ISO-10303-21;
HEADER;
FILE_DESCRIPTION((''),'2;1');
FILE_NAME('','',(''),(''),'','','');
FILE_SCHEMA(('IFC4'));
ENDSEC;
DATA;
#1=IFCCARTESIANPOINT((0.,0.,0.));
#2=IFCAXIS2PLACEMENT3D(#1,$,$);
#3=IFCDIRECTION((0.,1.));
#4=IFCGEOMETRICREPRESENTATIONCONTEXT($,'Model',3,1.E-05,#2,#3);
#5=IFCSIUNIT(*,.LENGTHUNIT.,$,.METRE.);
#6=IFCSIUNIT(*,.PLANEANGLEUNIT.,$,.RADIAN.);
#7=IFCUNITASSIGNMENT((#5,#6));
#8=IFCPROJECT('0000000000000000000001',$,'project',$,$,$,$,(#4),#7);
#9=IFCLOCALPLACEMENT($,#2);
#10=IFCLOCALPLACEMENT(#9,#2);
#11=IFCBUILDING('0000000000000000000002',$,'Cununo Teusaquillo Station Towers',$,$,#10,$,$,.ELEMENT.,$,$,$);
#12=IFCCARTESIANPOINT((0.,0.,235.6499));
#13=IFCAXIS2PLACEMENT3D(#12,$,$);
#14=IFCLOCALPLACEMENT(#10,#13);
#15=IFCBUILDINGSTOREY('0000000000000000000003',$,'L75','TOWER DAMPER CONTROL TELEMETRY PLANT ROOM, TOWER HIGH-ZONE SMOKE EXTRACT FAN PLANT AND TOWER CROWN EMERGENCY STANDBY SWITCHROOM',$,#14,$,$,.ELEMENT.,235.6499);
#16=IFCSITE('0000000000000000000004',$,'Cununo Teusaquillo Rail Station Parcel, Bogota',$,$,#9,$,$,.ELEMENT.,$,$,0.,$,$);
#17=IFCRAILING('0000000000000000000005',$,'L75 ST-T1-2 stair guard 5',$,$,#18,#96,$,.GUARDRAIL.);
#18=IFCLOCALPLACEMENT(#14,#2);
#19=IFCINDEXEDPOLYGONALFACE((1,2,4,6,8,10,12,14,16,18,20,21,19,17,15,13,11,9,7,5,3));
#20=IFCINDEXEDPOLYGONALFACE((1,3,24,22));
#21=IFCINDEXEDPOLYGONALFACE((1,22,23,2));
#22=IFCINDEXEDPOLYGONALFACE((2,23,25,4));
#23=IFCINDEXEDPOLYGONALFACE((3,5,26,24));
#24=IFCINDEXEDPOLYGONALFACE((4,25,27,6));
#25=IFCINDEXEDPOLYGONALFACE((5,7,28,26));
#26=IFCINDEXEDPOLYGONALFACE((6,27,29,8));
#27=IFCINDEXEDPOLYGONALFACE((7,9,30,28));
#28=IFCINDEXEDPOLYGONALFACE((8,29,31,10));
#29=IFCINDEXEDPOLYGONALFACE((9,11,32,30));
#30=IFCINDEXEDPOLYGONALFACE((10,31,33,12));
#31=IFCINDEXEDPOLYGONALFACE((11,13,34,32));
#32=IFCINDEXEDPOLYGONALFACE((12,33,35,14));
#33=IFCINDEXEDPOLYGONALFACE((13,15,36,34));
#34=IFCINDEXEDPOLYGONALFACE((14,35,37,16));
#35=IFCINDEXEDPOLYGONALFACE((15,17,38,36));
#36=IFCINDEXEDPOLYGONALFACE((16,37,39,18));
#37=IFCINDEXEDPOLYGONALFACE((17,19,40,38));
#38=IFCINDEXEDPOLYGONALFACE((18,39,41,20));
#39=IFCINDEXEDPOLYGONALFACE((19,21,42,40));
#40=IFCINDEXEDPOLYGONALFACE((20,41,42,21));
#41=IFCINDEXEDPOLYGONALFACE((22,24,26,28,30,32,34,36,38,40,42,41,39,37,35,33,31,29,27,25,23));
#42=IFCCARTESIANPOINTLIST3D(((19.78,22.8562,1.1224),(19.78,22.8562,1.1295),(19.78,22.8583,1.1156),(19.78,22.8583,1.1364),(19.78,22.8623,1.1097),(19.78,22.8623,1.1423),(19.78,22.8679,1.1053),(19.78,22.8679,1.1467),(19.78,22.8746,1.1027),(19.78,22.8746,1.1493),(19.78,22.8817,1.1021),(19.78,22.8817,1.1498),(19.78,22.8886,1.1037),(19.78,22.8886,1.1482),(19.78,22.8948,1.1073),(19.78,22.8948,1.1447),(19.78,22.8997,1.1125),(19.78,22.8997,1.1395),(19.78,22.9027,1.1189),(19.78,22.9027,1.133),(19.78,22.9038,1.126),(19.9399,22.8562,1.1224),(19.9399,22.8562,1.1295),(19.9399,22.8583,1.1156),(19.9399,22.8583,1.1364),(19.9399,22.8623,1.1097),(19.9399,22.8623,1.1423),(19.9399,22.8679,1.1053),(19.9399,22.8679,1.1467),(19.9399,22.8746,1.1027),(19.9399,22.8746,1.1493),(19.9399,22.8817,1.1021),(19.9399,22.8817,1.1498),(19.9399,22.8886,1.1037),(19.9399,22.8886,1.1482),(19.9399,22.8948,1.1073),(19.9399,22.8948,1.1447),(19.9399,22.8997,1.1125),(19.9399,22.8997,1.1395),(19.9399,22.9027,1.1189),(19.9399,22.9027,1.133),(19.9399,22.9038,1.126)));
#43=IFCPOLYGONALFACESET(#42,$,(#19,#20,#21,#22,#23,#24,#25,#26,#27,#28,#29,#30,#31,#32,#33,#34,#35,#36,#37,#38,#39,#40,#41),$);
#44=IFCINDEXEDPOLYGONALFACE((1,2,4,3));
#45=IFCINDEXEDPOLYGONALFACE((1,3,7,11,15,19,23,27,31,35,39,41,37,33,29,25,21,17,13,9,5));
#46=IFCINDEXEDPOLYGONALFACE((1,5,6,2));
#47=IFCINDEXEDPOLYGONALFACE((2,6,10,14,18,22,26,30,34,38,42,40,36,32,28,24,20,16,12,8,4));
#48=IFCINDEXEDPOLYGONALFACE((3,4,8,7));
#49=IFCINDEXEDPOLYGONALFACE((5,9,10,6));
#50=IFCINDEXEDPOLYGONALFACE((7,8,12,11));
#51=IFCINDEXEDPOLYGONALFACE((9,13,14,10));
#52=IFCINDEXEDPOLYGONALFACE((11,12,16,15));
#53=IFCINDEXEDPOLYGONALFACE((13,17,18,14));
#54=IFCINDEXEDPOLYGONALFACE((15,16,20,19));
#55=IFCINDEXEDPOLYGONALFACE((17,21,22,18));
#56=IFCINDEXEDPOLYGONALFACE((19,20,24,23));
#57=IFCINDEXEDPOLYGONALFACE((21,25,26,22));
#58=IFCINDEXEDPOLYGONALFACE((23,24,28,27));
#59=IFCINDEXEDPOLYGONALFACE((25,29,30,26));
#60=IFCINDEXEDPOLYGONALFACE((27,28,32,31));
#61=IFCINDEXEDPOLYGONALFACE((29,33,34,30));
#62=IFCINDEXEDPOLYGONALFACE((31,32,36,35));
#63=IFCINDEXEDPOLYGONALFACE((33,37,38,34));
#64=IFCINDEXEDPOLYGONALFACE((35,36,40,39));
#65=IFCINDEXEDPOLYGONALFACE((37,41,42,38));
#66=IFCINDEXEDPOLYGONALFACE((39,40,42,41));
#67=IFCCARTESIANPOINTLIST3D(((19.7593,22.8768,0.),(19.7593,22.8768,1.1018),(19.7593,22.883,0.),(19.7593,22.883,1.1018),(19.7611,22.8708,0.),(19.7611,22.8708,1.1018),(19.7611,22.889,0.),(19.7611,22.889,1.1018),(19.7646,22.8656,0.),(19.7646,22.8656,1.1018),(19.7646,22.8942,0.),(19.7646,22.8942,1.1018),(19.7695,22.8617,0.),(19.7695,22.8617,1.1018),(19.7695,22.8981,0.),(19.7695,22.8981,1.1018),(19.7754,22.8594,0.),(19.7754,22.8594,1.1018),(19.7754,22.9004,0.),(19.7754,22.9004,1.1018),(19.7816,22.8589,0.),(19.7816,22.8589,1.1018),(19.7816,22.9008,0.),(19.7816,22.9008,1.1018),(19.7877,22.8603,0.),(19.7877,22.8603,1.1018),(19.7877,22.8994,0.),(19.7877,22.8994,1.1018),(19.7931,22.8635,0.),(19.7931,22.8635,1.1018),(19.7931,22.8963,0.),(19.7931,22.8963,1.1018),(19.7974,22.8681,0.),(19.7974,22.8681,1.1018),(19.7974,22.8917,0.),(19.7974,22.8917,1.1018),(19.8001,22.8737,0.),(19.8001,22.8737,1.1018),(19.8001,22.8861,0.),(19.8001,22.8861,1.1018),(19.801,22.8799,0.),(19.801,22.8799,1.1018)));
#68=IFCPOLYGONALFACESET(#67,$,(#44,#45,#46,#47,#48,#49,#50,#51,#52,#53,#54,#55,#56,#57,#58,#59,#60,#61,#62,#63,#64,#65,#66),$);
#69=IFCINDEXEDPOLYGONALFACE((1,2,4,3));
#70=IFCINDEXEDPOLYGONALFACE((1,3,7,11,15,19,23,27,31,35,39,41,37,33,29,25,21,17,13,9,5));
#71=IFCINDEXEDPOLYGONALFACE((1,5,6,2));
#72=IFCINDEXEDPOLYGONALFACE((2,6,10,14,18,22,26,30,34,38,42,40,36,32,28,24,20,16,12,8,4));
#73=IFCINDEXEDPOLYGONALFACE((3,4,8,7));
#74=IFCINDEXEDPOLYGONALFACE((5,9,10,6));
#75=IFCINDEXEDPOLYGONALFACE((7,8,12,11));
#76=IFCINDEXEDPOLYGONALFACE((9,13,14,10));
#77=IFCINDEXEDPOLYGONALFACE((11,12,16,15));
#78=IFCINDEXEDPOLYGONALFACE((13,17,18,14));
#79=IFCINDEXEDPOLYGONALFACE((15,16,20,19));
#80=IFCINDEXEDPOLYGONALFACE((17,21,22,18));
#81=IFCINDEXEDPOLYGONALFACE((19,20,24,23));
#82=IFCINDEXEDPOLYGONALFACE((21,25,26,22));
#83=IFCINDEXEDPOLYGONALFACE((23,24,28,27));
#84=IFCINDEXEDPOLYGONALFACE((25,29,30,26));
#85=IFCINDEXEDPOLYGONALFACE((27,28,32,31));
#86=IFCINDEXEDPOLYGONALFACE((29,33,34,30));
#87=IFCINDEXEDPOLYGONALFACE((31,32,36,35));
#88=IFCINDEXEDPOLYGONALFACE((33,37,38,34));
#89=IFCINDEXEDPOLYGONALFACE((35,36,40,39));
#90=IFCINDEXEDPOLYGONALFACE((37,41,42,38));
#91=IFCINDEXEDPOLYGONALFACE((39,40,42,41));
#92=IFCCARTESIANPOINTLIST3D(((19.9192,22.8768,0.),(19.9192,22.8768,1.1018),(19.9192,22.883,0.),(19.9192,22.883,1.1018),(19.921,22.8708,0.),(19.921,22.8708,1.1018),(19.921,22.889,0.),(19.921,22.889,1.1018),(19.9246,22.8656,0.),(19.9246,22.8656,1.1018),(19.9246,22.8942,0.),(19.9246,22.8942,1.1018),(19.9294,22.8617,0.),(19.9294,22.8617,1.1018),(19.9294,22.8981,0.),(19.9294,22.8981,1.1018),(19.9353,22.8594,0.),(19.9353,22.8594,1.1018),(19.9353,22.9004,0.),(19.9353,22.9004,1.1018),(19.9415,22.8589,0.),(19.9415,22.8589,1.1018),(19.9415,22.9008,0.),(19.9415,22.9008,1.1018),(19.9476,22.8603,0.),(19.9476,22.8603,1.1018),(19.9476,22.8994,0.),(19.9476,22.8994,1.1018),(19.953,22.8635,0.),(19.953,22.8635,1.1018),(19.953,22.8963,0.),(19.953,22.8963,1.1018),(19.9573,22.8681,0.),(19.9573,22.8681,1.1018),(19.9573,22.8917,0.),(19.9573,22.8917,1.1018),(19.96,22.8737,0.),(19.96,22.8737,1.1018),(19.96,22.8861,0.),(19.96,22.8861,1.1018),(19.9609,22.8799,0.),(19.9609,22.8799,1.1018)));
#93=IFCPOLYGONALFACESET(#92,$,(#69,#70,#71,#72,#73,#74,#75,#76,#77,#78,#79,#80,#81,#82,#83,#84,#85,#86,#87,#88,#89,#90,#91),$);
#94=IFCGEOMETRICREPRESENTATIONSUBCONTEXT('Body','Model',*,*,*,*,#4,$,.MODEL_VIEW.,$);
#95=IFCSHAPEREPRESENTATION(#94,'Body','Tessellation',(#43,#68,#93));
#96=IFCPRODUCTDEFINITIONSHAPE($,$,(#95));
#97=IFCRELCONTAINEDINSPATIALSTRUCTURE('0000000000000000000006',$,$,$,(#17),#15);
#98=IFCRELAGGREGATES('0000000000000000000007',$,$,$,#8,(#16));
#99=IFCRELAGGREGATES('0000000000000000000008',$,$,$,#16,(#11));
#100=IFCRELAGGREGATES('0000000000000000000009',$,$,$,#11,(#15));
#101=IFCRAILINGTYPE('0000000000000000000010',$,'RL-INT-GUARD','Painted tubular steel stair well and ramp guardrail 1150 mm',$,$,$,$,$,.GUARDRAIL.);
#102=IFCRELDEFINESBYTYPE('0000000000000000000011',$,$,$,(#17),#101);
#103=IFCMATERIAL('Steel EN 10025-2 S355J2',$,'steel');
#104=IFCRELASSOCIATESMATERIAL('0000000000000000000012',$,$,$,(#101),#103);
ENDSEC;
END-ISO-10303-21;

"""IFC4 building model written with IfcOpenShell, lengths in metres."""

from ifc_helpers import new_model, si_unit, direction, frame, origin, origin_2d, place, context, subcontext, project, spatial, circle, extrude, material, type_object, element, save


model = new_model("IFC4")

# Units and contexts
model_context = context("Model", 3, precision=1e-05, world=origin(), true_north=direction((0.0, 1.0)))
body_context = subcontext(model_context, "Body", "Model", "MODEL_VIEW")
ifc_project = project(units=[si_unit("LENGTHUNIT", "METRE"), si_unit("PLANEANGLEUNIT", "RADIAN")], contexts=[model_context])

# Site, building, storey
site_placement = place(None, origin())
site = spatial("IfcSite", under=ifc_project, at=site_placement, Name="Cununo Teusaquillo Rail Station Parcel, Bogota", CompositionType="ELEMENT", RefElevation=0.0)
building_placement = place(site_placement, origin())
building = spatial("IfcBuilding", under=site, at=building_placement, Name="Cununo Teusaquillo Station Towers", CompositionType="ELEMENT")
storey_placement = place(building_placement, frame((0.0, 0.0, 235.6499)))
storey = spatial("IfcBuildingStorey", under=building, at=storey_placement, Name="L75", Description="TOWER DAMPER CONTROL TELEMETRY PLANT ROOM, TOWER HIGH-ZONE SMOKE EXTRACT FAN PLANT AND TOWER CROWN EMERGENCY STANDBY SWITCHROOM", CompositionType="ELEMENT", Elevation=235.6499)

# Railing
ifc_material_1 = material(Name="Steel EN 10025-2 S355J2", Category="steel")
railing_type_1 = type_object("IfcRailingType", Name="RL-INT-GUARD", Description="Painted tubular steel stair well and ramp guardrail 1150 mm", PredefinedType="GUARDRAIL", material=ifc_material_1)
railing_1_placement = place(storey_placement, frame((19.78, 22.8799, 0.0)))
element("IfcRailing", 1, at=railing_1_placement, inside=storey, type_object=railing_type_1, Name="L75 ST-T1-2 stair guard 5", PredefinedType="GUARDRAIL", context=body_context, shape_type="SweptSolid", body=[
    extrude(circle(Radius=0.0239, at=origin_2d()), frame((0.0, 0.0, 1.126), z_axis=(1.0, 0.0, 0.0), x_axis=(0.0, 1.0, 0.0)), (0.0, 0.0, 1.0), 0.1599),
    extrude(circle(Radius=0.021, at=origin_2d()), origin(), (0.0, 0.0, 1.0), 1.1018),
    extrude(circle(Radius=0.021, at=origin_2d()), frame((0.1599, 0.0, 0.0)), (0.0, 0.0, 1.0), 1.1018),
])

save(model, "model.ifc")
